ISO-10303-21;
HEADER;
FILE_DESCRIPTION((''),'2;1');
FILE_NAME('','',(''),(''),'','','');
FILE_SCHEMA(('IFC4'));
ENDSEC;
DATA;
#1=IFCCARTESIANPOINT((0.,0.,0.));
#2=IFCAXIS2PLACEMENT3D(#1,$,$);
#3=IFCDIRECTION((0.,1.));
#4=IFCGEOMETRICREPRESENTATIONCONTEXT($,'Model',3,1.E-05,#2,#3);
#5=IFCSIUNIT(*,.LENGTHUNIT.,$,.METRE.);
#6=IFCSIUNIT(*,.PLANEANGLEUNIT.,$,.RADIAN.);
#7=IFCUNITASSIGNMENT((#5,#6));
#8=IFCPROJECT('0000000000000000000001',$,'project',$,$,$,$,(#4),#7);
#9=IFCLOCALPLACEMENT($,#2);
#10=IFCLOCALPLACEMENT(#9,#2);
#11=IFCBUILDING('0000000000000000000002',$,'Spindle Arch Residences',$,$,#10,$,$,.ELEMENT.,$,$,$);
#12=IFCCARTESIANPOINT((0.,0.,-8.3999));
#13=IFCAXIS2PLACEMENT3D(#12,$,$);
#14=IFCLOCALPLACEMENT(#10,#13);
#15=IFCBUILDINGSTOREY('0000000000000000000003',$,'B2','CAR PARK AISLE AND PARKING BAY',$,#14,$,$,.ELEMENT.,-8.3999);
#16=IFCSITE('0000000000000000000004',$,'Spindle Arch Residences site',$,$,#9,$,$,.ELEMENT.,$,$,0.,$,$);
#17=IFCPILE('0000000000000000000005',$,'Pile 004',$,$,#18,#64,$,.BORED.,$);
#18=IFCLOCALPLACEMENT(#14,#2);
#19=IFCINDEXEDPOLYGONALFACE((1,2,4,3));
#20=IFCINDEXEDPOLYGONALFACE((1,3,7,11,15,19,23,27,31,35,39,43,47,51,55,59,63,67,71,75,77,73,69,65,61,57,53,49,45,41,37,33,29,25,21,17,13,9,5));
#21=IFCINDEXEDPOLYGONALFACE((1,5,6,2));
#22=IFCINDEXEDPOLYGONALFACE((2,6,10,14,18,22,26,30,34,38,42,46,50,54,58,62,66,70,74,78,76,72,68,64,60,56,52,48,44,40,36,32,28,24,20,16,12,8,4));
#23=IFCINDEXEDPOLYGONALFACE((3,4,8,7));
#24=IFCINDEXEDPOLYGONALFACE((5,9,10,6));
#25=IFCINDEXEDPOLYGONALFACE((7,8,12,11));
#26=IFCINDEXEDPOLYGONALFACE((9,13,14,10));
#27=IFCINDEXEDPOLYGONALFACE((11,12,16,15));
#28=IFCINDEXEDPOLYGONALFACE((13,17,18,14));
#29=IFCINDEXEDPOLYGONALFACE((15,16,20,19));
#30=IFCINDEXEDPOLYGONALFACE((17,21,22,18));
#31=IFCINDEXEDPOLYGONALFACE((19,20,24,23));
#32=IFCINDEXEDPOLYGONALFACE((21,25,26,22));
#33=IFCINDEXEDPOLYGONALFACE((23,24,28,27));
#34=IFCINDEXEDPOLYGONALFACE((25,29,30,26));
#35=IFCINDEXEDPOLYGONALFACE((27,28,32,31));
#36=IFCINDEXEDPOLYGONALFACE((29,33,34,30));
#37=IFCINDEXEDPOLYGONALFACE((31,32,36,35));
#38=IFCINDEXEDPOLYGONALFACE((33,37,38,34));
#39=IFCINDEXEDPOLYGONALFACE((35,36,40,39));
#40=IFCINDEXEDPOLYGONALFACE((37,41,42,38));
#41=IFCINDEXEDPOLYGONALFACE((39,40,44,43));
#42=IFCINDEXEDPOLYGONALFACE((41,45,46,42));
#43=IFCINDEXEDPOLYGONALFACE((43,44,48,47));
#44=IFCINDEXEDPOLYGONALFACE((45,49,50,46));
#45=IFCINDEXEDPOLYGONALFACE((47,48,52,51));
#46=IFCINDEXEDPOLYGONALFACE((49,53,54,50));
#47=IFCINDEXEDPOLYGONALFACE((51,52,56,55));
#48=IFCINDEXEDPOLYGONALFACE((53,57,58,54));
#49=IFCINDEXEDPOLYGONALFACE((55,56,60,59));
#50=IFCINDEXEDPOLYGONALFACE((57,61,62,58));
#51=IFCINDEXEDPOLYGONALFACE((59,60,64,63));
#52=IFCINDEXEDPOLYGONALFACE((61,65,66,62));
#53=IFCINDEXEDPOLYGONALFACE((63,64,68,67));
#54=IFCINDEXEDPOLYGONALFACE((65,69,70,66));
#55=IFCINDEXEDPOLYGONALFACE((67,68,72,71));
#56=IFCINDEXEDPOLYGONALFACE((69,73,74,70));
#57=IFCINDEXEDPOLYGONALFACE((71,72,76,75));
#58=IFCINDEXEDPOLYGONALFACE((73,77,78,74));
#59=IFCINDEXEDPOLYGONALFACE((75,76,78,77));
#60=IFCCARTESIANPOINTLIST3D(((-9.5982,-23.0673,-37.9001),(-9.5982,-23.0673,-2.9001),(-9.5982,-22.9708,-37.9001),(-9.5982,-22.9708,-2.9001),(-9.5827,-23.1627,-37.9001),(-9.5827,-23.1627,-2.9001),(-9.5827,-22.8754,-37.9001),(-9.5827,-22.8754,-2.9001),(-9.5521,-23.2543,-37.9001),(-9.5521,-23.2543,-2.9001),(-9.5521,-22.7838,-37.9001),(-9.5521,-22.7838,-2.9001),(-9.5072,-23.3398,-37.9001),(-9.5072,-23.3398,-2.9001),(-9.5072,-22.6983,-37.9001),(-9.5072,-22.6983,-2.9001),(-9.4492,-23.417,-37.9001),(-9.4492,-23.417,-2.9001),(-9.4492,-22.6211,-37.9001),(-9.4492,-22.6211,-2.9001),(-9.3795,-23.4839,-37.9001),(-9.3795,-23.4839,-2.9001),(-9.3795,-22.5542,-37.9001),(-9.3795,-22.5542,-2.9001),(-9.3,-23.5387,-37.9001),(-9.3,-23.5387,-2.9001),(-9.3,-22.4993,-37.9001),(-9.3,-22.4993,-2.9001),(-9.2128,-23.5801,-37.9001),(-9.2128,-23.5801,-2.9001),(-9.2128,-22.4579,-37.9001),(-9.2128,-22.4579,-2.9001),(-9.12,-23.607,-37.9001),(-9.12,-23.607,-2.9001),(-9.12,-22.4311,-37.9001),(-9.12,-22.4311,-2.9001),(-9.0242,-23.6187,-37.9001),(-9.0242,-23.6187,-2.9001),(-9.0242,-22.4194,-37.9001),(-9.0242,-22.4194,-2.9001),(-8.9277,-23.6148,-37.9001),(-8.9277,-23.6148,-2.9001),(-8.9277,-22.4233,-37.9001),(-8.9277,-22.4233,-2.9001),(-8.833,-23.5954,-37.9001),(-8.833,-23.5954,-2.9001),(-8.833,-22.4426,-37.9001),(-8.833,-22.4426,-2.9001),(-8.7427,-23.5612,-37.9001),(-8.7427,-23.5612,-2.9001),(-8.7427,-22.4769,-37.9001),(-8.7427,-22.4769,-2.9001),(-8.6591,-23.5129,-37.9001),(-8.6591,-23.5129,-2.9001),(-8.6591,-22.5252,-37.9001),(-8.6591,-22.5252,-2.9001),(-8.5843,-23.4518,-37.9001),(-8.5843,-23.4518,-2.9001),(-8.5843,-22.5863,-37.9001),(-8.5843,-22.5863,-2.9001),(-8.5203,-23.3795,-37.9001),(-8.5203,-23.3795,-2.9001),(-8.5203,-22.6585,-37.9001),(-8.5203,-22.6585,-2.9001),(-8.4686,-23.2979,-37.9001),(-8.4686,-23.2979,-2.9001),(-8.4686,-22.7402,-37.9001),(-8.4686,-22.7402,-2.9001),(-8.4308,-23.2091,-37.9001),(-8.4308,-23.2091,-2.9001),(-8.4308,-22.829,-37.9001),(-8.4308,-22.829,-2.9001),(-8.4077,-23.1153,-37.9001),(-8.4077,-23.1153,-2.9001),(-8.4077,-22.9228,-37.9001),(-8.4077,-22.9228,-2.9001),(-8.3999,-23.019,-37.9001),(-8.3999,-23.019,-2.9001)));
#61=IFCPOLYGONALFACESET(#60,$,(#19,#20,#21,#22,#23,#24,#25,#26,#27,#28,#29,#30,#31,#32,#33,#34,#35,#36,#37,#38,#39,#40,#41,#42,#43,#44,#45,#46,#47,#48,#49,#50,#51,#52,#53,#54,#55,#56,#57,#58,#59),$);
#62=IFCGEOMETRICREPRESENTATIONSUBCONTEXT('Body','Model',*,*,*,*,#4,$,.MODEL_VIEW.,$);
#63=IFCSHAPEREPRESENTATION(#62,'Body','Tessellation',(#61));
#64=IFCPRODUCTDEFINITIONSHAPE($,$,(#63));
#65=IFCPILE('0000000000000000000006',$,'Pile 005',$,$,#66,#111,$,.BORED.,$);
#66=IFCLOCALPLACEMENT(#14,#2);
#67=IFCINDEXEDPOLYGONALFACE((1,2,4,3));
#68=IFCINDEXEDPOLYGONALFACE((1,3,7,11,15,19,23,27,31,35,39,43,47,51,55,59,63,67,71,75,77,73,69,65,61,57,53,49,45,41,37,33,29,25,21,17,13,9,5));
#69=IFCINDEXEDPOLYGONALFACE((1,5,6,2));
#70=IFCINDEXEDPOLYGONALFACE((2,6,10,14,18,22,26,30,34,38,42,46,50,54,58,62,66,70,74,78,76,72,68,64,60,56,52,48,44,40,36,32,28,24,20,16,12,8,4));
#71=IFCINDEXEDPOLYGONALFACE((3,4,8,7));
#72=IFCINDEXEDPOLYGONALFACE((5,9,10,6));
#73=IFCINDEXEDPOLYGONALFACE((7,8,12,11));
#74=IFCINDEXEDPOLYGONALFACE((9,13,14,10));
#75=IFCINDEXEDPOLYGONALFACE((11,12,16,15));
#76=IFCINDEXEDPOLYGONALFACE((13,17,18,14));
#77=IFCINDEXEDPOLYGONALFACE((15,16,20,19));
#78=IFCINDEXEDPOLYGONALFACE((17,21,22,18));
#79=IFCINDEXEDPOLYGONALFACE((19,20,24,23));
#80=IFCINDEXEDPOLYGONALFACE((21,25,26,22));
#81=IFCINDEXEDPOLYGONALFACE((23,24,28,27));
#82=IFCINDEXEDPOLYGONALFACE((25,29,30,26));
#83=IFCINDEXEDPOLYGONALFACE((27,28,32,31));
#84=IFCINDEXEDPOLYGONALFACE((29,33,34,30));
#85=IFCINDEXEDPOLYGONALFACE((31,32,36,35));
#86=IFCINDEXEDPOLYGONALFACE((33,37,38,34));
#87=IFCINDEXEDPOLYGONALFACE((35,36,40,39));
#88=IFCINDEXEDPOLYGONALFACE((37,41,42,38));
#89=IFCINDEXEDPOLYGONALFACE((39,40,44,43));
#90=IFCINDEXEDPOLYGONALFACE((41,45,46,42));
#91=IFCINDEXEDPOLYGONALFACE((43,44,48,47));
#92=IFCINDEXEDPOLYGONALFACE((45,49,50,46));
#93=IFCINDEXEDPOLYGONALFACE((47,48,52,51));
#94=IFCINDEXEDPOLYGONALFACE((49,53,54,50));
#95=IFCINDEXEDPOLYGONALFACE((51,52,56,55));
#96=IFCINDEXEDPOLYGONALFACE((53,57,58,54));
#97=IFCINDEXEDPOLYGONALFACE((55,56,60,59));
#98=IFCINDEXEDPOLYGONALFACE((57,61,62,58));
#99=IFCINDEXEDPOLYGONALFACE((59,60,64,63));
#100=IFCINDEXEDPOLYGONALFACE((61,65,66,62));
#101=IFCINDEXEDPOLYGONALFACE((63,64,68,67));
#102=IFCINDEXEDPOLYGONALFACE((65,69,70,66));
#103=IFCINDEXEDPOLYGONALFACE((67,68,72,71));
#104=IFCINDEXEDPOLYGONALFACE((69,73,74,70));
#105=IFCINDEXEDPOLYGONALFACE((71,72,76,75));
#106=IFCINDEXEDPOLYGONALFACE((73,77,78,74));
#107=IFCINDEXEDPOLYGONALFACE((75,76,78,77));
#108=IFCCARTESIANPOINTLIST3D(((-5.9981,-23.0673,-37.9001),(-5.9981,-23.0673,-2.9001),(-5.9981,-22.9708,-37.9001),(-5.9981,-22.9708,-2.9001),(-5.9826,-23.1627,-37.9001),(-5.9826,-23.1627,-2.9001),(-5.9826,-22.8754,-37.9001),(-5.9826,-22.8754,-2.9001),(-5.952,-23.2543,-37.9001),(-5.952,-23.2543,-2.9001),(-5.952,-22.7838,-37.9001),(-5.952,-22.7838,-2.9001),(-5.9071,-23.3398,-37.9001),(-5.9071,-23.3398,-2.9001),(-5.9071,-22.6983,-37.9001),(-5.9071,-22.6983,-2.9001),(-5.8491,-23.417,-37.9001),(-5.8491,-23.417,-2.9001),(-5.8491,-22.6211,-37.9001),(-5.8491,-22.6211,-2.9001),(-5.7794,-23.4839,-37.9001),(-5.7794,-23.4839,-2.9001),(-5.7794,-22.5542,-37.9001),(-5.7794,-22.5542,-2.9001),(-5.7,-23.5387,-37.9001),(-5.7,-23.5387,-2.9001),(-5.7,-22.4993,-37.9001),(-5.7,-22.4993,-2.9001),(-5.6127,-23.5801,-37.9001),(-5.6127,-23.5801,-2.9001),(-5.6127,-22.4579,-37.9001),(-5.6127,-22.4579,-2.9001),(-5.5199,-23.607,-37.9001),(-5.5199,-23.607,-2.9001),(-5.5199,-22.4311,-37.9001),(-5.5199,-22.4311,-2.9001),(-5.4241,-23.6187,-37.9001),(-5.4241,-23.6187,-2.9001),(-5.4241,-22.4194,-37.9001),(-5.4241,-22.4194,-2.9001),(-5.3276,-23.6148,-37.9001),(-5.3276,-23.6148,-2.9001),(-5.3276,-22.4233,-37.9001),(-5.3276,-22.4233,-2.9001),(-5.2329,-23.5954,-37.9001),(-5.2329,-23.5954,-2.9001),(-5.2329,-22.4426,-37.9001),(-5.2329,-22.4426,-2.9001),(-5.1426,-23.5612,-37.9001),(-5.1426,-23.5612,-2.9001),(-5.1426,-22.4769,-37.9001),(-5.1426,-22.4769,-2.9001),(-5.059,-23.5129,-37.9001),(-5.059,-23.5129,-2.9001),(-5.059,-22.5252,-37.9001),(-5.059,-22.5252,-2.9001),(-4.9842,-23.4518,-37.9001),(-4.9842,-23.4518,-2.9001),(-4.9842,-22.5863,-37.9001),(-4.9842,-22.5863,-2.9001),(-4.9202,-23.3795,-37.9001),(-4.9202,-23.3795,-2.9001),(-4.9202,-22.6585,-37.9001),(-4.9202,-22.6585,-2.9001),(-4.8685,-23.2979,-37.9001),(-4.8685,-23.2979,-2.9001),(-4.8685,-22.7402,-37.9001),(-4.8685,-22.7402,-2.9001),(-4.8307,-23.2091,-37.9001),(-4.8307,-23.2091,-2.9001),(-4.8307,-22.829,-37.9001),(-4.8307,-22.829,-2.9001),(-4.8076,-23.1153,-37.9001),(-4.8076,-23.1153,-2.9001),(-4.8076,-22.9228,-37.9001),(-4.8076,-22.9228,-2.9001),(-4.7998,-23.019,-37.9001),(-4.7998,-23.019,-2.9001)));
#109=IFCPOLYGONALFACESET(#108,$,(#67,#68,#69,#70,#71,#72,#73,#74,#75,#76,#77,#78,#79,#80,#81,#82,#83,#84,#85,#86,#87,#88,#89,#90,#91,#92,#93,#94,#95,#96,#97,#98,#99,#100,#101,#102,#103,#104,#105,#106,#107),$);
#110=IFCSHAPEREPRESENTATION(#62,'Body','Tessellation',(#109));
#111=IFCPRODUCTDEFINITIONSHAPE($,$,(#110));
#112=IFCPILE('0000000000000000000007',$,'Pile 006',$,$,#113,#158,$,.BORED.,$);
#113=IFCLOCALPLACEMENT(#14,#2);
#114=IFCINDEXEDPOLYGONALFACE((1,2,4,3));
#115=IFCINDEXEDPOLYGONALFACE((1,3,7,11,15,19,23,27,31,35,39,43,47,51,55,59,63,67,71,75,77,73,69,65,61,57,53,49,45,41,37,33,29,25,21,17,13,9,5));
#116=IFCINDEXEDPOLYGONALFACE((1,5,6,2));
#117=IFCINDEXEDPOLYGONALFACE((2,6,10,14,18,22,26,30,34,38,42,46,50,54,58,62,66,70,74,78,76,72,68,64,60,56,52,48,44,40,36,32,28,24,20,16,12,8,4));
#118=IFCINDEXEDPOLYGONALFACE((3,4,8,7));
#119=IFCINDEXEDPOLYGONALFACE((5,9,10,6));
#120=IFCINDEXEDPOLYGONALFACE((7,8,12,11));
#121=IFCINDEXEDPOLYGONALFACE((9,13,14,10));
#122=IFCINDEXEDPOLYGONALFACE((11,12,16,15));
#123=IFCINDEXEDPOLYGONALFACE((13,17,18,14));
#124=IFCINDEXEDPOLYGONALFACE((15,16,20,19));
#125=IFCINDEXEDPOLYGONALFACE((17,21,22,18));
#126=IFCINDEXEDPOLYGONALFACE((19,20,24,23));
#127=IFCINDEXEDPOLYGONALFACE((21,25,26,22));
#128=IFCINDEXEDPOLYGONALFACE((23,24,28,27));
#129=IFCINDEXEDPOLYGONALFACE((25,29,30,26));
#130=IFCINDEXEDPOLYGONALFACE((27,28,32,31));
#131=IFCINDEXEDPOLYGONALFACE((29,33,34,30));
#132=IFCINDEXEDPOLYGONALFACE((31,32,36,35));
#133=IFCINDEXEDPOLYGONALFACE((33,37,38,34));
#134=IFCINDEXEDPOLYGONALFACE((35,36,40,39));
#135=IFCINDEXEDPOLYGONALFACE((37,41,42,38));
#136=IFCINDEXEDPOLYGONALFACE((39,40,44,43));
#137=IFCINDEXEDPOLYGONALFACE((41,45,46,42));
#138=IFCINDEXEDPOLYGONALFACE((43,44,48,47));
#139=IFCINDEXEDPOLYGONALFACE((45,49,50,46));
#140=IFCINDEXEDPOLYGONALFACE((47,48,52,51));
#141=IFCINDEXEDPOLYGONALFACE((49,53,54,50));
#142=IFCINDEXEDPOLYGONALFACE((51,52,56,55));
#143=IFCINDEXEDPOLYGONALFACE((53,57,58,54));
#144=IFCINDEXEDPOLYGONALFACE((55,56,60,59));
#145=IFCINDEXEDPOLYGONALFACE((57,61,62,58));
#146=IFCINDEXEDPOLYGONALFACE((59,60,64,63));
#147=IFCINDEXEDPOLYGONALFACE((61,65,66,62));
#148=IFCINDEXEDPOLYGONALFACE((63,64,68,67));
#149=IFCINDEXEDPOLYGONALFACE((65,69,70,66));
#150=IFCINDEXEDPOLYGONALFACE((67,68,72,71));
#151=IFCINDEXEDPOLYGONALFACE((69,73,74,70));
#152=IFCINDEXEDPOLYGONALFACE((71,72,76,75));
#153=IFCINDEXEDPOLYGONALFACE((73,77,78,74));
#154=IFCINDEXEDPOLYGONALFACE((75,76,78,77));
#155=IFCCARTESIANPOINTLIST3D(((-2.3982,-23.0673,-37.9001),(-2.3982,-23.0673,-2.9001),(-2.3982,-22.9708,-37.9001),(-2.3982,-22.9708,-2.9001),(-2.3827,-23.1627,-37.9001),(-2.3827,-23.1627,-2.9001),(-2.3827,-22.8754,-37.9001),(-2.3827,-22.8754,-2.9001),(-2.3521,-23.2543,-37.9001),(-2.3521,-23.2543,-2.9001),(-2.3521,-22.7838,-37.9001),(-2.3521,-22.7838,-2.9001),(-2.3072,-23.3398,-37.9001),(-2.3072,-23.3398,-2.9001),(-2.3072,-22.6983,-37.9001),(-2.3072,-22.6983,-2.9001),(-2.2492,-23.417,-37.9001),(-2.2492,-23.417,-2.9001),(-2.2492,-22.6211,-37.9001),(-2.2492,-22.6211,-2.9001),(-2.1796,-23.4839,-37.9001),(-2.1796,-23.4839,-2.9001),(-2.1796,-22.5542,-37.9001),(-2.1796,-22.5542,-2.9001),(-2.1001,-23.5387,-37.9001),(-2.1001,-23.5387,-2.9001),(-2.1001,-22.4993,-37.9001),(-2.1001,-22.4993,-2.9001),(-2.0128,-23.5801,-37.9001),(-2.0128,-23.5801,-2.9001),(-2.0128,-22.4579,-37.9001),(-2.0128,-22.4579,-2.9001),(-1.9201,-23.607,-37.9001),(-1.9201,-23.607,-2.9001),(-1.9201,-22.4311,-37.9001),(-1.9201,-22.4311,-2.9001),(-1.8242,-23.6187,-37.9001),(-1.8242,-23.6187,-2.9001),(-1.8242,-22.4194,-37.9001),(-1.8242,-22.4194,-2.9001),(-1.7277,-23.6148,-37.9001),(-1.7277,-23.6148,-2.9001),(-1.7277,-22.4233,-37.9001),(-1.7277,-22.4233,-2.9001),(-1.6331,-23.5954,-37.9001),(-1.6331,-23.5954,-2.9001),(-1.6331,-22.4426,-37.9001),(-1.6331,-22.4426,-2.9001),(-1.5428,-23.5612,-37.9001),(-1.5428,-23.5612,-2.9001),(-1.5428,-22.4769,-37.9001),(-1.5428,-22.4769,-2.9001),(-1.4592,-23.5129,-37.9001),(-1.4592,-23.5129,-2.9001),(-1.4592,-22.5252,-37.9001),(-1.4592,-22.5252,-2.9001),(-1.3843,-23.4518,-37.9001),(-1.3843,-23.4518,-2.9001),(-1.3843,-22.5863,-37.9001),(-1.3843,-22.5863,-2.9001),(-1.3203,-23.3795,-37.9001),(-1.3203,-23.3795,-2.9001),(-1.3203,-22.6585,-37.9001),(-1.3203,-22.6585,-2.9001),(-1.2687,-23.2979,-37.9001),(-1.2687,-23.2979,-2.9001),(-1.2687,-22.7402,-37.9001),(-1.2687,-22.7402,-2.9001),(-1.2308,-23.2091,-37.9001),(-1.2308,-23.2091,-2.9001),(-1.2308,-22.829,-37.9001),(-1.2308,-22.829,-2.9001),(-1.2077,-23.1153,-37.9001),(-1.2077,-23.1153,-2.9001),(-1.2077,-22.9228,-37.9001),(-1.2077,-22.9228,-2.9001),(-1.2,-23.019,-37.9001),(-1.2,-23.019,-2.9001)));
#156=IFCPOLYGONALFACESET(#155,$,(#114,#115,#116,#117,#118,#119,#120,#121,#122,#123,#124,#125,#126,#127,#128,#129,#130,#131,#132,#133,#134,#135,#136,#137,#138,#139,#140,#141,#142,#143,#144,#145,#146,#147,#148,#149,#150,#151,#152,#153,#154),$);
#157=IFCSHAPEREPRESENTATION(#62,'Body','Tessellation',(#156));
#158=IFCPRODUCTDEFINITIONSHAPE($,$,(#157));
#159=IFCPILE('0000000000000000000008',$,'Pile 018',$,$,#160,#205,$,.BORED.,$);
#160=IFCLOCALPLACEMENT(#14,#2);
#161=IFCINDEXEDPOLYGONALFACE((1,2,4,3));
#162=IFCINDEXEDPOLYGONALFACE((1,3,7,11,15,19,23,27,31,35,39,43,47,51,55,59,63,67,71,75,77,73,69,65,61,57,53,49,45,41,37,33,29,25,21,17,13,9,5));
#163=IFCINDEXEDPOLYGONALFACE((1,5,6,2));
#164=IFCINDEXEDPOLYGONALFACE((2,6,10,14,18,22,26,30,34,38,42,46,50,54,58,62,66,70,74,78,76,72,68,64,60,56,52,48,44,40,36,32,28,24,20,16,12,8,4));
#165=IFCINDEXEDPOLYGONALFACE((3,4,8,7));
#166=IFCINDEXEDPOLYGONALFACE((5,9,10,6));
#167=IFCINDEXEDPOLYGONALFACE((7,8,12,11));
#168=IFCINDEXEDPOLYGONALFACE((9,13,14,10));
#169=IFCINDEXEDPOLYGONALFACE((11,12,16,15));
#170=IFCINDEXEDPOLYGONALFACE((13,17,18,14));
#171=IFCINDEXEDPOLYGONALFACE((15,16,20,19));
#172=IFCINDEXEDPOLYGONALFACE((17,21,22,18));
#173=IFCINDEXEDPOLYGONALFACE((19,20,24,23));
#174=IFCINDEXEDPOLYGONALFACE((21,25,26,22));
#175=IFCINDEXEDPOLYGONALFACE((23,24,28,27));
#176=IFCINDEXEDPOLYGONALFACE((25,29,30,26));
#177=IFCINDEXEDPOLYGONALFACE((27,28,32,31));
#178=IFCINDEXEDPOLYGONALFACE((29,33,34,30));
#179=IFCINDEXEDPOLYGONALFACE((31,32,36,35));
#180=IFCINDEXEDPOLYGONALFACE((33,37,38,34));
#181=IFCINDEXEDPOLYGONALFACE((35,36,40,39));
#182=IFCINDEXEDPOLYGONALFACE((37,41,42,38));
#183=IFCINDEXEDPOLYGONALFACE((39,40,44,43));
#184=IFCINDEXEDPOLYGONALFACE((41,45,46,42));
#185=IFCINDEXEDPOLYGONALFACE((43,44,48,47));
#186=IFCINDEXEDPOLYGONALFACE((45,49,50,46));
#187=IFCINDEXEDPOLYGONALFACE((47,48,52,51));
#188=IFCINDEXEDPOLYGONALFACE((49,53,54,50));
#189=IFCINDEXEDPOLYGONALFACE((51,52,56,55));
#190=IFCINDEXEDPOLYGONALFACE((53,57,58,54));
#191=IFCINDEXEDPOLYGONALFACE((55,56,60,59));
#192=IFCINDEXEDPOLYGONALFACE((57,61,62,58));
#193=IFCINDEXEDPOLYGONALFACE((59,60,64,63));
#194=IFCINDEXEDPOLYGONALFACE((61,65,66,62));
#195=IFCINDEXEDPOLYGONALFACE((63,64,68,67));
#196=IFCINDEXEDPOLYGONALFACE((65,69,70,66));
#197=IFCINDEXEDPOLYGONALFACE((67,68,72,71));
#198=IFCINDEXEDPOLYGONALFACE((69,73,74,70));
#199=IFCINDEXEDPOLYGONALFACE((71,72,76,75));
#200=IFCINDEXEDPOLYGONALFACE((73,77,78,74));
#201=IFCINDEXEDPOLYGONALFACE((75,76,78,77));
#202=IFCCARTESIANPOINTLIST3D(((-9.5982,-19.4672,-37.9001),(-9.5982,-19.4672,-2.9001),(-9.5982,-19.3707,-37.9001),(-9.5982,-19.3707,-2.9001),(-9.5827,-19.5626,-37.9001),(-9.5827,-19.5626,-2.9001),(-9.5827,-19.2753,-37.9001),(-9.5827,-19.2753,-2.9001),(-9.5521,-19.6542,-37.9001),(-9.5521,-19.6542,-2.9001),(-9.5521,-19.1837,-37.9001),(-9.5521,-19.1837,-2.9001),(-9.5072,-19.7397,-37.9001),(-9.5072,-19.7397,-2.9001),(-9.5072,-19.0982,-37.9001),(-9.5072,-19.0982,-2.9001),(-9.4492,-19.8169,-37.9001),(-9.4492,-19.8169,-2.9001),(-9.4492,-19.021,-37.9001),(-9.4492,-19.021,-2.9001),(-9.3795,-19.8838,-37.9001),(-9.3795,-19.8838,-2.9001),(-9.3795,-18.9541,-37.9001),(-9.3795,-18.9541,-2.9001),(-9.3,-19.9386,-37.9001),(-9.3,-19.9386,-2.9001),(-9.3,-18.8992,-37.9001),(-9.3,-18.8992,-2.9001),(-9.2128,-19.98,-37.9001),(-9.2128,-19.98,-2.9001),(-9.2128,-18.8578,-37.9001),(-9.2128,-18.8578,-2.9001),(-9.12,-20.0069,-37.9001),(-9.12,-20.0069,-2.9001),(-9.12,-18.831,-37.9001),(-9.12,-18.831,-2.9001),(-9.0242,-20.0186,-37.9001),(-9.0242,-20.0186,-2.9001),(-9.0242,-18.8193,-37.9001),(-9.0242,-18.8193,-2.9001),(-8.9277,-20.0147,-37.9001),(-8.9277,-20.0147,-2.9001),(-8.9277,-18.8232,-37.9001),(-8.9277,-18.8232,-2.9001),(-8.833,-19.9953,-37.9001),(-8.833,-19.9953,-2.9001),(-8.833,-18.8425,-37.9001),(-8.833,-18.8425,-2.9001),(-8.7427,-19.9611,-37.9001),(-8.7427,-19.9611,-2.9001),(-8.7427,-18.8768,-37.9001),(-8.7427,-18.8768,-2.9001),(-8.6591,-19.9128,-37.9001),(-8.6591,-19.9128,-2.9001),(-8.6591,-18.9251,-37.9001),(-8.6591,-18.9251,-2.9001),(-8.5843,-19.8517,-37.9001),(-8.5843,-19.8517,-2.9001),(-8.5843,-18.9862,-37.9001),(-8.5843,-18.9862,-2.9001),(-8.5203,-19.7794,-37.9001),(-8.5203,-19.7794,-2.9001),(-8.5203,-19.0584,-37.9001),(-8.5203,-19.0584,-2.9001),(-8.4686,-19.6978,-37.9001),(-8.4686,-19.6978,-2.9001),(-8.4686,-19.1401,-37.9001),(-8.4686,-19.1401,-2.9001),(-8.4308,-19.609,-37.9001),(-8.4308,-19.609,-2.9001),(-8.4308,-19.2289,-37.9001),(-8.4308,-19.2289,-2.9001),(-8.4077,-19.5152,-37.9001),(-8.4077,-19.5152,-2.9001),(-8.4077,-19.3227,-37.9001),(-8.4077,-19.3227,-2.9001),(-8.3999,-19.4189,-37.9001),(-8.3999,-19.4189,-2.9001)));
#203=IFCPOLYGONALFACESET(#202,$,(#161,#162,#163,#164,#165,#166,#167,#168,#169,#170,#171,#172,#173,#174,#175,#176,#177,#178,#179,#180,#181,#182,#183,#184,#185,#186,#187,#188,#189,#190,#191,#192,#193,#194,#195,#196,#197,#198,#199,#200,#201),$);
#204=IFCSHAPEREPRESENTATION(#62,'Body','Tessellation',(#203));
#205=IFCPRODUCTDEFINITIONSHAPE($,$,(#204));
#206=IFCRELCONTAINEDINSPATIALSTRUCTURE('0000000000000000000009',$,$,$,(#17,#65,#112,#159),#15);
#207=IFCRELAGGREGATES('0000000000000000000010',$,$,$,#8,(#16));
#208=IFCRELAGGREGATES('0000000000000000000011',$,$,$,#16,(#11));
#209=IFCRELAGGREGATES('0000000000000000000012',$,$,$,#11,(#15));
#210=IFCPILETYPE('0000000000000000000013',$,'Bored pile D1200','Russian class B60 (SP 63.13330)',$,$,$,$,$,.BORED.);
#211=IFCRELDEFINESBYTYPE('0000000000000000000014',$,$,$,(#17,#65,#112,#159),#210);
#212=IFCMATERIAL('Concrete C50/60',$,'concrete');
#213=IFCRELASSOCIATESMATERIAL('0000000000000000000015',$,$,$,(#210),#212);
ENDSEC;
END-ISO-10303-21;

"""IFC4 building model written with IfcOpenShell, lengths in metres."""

from ifc_helpers import new_model, si_unit, direction, frame, origin, origin_2d, place, context, subcontext, project, spatial, circle, extrude, material, material_profile, profile_set, type_object, element, save


model = new_model("IFC4")

# Units and contexts
model_context = context("Model", 3, precision=1e-05, world=origin(), true_north=direction((0.0, 1.0)))
body_context = subcontext(model_context, "Body", "Model", "MODEL_VIEW")
ifc_project = project(units=[si_unit("LENGTHUNIT", "METRE"), si_unit("PLANEANGLEUNIT", "RADIAN")], contexts=[model_context])

# Site, building, storey
site_placement = place(None, origin())
site = spatial("IfcSite", under=ifc_project, at=site_placement, Name="Spindle Arch Residences site", CompositionType="ELEMENT", RefElevation=0.0)
building_placement = place(site_placement, origin())
building = spatial("IfcBuilding", under=site, at=building_placement, Name="Spindle Arch Residences", CompositionType="ELEMENT")
storey_placement = place(building_placement, frame((0.0, 0.0, -8.3999)))
storey = spatial("IfcBuildingStorey", under=building, at=storey_placement, Name="B2", Description="CAR PARK AISLE AND PARKING BAY", CompositionType="ELEMENT", Elevation=-8.3999)

# Piles
ifc_material_1 = material(Name="Concrete C50/60", Category="concrete")
ifc_material_profile = material_profile(ifc_material_1, circle(Radius=0.6001, at=origin_2d()), Name="BP D1200")
ifc_profile_set = profile_set([ifc_material_profile], Name="Concrete C50/60")
pile_type = type_object("IfcPileType", Name="Bored pile D1200", Description="Russian class B60 (SP 63.13330)", PredefinedType="BORED", material=ifc_profile_set)
for number, where, z_axis, x_axis, name in (
    (1, (-9.0, -23.019, -2.9001), (0.0, 0.0, -1.0), (1.0, 0.0, 0.0), "Pile 004"),
    (2, (-5.3999, -23.019, -2.9001), (0.0, 0.0, -1.0), (1.0, 0.0, 0.0), "Pile 005"),
    (3, (-1.8, -23.019, -2.9001), (0.0, 0.0, -1.0), (1.0, 0.0, 0.0), "Pile 006"),
    (4, (-9.0, -19.4189, -2.9001), (0.0, 0.0, -1.0), (1.0, 0.0, 0.0), "Pile 018"),
):
    element("IfcPile", number, at=place(storey_placement, frame(where, z_axis=z_axis, x_axis=x_axis)), inside=storey, type_object=pile_type, Name=name, PredefinedType="BORED", context=body_context, shape_type="SweptSolid", body=[
        extrude(circle(Radius=0.6001, at=origin_2d()), origin(), (0.0, 0.0, 1.0), 35.0),
    ])

save(model, "model.ifc")
